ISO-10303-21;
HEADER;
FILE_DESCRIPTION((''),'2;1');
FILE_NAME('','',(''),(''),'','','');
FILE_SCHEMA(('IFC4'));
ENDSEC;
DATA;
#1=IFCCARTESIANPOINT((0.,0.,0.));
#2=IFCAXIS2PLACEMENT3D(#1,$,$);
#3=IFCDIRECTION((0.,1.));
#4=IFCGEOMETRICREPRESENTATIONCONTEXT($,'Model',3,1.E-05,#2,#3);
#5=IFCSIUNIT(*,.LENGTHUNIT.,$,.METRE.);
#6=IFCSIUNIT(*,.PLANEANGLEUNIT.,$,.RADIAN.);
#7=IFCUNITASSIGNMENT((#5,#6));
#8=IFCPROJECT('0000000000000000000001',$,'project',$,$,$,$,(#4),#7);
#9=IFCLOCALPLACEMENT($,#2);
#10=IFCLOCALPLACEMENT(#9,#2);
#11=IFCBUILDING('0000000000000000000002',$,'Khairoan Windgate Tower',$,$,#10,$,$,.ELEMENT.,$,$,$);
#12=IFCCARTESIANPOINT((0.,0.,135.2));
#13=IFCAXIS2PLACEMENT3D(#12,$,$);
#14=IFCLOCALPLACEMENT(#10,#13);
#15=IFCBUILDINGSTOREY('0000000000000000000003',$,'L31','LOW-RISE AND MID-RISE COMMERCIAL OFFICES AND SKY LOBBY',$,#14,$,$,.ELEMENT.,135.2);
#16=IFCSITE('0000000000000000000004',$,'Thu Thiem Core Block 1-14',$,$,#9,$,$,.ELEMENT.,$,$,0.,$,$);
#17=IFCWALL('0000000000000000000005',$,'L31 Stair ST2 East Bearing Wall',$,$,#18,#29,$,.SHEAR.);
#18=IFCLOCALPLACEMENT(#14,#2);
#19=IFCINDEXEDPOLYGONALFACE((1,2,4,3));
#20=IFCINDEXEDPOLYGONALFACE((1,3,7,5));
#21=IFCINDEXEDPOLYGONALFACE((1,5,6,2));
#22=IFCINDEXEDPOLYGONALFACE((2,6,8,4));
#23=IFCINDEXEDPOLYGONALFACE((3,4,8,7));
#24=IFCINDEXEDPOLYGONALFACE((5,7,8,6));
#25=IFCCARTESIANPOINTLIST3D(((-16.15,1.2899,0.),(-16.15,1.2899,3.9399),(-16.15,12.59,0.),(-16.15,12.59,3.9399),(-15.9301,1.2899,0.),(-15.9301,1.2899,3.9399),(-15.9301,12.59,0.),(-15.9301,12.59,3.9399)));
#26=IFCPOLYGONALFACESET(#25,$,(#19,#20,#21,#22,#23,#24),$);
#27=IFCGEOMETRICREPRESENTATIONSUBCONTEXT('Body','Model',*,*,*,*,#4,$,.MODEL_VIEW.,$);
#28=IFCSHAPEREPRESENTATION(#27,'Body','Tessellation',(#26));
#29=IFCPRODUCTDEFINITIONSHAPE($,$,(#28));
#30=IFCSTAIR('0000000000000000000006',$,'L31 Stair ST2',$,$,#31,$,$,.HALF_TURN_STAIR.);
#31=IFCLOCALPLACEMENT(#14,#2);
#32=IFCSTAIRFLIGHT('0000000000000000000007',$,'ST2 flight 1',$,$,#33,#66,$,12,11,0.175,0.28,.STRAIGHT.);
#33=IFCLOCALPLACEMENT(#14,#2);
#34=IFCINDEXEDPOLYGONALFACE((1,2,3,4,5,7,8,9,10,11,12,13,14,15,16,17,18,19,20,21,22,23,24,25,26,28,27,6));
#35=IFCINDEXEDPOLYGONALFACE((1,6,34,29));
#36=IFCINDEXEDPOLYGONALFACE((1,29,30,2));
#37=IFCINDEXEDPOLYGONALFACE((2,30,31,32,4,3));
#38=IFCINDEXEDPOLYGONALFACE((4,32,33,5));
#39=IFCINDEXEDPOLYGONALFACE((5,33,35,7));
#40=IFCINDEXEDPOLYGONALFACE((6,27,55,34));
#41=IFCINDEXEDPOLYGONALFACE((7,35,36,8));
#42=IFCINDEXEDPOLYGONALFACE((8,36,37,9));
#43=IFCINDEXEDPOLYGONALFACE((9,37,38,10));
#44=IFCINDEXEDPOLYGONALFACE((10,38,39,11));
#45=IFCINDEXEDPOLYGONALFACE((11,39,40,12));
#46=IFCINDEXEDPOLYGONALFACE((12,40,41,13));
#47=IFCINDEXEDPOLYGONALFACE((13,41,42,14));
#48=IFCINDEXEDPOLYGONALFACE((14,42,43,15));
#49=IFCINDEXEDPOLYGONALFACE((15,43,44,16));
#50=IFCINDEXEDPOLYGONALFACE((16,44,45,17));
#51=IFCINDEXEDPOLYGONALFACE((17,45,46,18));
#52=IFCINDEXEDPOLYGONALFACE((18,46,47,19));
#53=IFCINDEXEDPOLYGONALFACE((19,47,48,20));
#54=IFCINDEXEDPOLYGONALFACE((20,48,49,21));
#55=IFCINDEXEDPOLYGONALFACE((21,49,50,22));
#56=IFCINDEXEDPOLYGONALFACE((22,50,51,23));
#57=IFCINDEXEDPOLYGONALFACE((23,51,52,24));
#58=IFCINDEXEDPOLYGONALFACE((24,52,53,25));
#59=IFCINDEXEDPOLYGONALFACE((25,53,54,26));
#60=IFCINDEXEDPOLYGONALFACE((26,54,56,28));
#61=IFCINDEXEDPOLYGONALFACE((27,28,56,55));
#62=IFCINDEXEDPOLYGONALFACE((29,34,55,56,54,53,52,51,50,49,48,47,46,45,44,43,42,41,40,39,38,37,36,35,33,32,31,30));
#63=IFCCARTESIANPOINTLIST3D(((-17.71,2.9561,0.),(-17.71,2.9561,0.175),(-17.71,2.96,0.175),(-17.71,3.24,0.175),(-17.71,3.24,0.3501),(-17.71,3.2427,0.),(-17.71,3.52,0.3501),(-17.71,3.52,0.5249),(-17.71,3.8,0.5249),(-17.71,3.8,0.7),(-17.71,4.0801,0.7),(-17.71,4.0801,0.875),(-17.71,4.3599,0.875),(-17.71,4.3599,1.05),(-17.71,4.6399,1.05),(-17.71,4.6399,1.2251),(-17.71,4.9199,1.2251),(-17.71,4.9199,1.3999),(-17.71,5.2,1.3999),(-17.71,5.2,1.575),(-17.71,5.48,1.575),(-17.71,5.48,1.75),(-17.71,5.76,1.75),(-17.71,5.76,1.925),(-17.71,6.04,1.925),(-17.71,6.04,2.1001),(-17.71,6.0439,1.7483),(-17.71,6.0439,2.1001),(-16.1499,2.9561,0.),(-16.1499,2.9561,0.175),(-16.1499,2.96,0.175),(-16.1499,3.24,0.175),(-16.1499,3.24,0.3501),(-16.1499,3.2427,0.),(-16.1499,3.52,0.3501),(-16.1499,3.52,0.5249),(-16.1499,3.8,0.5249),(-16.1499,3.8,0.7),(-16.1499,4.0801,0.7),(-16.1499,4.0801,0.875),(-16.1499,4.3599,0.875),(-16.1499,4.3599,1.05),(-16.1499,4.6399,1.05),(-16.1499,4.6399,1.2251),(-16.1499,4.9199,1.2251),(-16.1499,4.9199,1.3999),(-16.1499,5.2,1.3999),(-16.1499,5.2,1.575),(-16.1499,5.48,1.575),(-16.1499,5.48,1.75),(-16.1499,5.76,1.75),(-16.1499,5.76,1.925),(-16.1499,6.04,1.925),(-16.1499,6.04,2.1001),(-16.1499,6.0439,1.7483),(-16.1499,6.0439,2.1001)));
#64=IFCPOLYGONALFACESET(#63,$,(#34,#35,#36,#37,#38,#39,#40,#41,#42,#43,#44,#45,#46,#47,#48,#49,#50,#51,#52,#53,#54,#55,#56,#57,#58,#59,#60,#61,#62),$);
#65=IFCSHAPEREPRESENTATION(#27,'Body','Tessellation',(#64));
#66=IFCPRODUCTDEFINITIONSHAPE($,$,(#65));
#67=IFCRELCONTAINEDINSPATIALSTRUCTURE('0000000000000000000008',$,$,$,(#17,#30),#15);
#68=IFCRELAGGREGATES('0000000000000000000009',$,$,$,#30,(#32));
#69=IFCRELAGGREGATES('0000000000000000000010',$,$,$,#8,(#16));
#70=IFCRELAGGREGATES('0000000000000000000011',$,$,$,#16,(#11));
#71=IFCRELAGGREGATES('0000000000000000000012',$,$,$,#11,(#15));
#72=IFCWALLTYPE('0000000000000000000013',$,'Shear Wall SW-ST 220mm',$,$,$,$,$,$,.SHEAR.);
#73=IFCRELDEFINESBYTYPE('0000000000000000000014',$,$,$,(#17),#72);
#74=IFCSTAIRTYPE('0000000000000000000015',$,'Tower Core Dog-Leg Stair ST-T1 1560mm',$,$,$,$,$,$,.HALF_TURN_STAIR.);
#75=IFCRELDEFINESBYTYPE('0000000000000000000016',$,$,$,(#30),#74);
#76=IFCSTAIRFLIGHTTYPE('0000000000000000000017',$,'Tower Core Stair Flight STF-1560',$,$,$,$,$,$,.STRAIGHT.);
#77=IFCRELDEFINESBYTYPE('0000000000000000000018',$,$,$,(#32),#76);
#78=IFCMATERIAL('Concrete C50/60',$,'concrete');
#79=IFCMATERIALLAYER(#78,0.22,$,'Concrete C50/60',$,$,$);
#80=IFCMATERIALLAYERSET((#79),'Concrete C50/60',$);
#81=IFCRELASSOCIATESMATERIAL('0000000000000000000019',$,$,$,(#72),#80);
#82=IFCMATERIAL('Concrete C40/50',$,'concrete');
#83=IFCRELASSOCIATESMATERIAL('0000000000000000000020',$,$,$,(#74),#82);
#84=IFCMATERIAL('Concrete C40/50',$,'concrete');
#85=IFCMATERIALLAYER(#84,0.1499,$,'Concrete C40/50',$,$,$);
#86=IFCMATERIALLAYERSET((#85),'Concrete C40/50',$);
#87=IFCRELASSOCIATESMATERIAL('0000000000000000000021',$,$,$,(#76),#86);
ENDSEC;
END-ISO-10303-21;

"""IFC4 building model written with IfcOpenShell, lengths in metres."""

from ifc_helpers import new_model, si_unit, direction, frame, frame_2d, origin, place, context, subcontext, project, spatial, polyline, rectangle, outline, extrude, material, layer, layer_set, type_object, element, aggregate, save


model = new_model("IFC4")

# Units and contexts
model_context = context("Model", 3, precision=1e-05, world=origin(), true_north=direction((0.0, 1.0)))
body_context = subcontext(model_context, "Body", "Model", "MODEL_VIEW")
ifc_project = project(units=[si_unit("LENGTHUNIT", "METRE"), si_unit("PLANEANGLEUNIT", "RADIAN")], contexts=[model_context])

# Site, building, storey
site_placement = place(None, origin())
site = spatial("IfcSite", under=ifc_project, at=site_placement, Name="Thu Thiem Core Block 1-14", CompositionType="ELEMENT", RefElevation=0.0)
building_placement = place(site_placement, origin())
building = spatial("IfcBuilding", under=site, at=building_placement, Name="Khairoan Windgate Tower", CompositionType="ELEMENT")
storey_placement = place(building_placement, frame((0.0, 0.0, 135.2)))
storey = spatial("IfcBuildingStorey", under=building, at=storey_placement, Name="L31", Description="LOW-RISE AND MID-RISE COMMERCIAL OFFICES AND SKY LOBBY", CompositionType="ELEMENT", Elevation=135.2)

# Wall
ifc_material_1 = material(Name="Concrete C50/60", Category="concrete")
ifc_layer_1 = layer(ifc_material_1, 0.22, Name="Concrete C50/60")
ifc_layer_set_1 = layer_set([ifc_layer_1], Name="Concrete C50/60")
wall_type_1 = type_object("IfcWallType", Name="Shear Wall SW-ST 220mm", PredefinedType="SHEAR", material=ifc_layer_set_1)
wall_1_placement = place(storey_placement, frame((-16.04, 1.29, 0.0), z_axis=(0.0, 0.0, 1.0), x_axis=(0.0, 1.0, 0.0)))
element("IfcWall", 1, at=wall_1_placement, inside=storey, type_object=wall_type_1, Name="L31 Stair ST2 East Bearing Wall", PredefinedType="SHEAR", context=body_context, shape_type="SweptSolid", body=[
    extrude(rectangle(XDim=11.3, YDim=0.22, at=frame_2d((5.6499, 0.0))), origin(), (0.0, 0.0, 1.0), 3.9399),
])

# Stair, stair flight
ifc_material_2 = material(Name="Concrete C40/50", Category="concrete")
stair_type = type_object("IfcStairType", Name="Tower Core Dog-Leg Stair ST-T1 1560mm", PredefinedType="HALF_TURN_STAIR", material=ifc_material_2)
stair_placement = place(storey_placement, origin())
stair = element("IfcStair", 2, at=stair_placement, inside=storey, type_object=stair_type, Name="L31 Stair ST2", PredefinedType="HALF_TURN_STAIR")
ifc_material_3 = material(Name="Concrete C40/50", Category="concrete")
ifc_layer_2 = layer(ifc_material_3, 0.1499, Name="Concrete C40/50")
ifc_layer_set_2 = layer_set([ifc_layer_2], Name="Concrete C40/50")
stair_flight_type = type_object("IfcStairFlightType", Name="Tower Core Stair Flight STF-1560", PredefinedType="STRAIGHT", material=ifc_layer_set_2)
stair_flight_placement = place(storey_placement, frame((-16.9299, 2.96, 0.0), z_axis=(0.0, 0.0, 1.0), x_axis=(0.0, 1.0, 0.0)))
stair_flight = element("IfcStairFlight", 3, at=stair_flight_placement, type_object=stair_flight_type, Name="ST2 flight 1", NumberOfRisers=12, NumberOfTreads=11, PredefinedType="STRAIGHT", RiserHeight=0.175, TreadLength=0.28, context=body_context, shape_type="SweptSolid", body=[
    extrude(outline(polyline([(-0.0039, 0.0), (-0.0039, 0.175), (0.0, 0.175), (0.28, 0.175), (0.28, 0.3501), (0.5601, 0.3501), (0.5601, 0.5249), (0.8401, 0.5249), (0.8401, 0.7), (1.1201, 0.7), (1.1201, 0.875), (1.3999, 0.875), (1.3999, 1.05), (1.6799, 1.05), (1.6799, 1.2251), (1.96, 1.2251), (1.96, 1.3999), (2.24, 1.3999), (2.24, 1.575), (2.52, 1.575), (2.52, 1.75), (2.8, 1.75), (2.8, 1.925), (3.0801, 1.925), (3.0801, 2.1001), (3.084, 2.1001), (3.084, 1.7483), (0.2827, 0.0), (-0.0039, 0.0)])), frame((0.0, 0.78, 0.0), z_axis=(0.0, -1.0, 0.0), x_axis=(1.0, 0.0, 0.0)), (0.0, 0.0, 1.0), 1.5601),
])
aggregate(stair, [stair_flight])

save(model, "model.ifc")
